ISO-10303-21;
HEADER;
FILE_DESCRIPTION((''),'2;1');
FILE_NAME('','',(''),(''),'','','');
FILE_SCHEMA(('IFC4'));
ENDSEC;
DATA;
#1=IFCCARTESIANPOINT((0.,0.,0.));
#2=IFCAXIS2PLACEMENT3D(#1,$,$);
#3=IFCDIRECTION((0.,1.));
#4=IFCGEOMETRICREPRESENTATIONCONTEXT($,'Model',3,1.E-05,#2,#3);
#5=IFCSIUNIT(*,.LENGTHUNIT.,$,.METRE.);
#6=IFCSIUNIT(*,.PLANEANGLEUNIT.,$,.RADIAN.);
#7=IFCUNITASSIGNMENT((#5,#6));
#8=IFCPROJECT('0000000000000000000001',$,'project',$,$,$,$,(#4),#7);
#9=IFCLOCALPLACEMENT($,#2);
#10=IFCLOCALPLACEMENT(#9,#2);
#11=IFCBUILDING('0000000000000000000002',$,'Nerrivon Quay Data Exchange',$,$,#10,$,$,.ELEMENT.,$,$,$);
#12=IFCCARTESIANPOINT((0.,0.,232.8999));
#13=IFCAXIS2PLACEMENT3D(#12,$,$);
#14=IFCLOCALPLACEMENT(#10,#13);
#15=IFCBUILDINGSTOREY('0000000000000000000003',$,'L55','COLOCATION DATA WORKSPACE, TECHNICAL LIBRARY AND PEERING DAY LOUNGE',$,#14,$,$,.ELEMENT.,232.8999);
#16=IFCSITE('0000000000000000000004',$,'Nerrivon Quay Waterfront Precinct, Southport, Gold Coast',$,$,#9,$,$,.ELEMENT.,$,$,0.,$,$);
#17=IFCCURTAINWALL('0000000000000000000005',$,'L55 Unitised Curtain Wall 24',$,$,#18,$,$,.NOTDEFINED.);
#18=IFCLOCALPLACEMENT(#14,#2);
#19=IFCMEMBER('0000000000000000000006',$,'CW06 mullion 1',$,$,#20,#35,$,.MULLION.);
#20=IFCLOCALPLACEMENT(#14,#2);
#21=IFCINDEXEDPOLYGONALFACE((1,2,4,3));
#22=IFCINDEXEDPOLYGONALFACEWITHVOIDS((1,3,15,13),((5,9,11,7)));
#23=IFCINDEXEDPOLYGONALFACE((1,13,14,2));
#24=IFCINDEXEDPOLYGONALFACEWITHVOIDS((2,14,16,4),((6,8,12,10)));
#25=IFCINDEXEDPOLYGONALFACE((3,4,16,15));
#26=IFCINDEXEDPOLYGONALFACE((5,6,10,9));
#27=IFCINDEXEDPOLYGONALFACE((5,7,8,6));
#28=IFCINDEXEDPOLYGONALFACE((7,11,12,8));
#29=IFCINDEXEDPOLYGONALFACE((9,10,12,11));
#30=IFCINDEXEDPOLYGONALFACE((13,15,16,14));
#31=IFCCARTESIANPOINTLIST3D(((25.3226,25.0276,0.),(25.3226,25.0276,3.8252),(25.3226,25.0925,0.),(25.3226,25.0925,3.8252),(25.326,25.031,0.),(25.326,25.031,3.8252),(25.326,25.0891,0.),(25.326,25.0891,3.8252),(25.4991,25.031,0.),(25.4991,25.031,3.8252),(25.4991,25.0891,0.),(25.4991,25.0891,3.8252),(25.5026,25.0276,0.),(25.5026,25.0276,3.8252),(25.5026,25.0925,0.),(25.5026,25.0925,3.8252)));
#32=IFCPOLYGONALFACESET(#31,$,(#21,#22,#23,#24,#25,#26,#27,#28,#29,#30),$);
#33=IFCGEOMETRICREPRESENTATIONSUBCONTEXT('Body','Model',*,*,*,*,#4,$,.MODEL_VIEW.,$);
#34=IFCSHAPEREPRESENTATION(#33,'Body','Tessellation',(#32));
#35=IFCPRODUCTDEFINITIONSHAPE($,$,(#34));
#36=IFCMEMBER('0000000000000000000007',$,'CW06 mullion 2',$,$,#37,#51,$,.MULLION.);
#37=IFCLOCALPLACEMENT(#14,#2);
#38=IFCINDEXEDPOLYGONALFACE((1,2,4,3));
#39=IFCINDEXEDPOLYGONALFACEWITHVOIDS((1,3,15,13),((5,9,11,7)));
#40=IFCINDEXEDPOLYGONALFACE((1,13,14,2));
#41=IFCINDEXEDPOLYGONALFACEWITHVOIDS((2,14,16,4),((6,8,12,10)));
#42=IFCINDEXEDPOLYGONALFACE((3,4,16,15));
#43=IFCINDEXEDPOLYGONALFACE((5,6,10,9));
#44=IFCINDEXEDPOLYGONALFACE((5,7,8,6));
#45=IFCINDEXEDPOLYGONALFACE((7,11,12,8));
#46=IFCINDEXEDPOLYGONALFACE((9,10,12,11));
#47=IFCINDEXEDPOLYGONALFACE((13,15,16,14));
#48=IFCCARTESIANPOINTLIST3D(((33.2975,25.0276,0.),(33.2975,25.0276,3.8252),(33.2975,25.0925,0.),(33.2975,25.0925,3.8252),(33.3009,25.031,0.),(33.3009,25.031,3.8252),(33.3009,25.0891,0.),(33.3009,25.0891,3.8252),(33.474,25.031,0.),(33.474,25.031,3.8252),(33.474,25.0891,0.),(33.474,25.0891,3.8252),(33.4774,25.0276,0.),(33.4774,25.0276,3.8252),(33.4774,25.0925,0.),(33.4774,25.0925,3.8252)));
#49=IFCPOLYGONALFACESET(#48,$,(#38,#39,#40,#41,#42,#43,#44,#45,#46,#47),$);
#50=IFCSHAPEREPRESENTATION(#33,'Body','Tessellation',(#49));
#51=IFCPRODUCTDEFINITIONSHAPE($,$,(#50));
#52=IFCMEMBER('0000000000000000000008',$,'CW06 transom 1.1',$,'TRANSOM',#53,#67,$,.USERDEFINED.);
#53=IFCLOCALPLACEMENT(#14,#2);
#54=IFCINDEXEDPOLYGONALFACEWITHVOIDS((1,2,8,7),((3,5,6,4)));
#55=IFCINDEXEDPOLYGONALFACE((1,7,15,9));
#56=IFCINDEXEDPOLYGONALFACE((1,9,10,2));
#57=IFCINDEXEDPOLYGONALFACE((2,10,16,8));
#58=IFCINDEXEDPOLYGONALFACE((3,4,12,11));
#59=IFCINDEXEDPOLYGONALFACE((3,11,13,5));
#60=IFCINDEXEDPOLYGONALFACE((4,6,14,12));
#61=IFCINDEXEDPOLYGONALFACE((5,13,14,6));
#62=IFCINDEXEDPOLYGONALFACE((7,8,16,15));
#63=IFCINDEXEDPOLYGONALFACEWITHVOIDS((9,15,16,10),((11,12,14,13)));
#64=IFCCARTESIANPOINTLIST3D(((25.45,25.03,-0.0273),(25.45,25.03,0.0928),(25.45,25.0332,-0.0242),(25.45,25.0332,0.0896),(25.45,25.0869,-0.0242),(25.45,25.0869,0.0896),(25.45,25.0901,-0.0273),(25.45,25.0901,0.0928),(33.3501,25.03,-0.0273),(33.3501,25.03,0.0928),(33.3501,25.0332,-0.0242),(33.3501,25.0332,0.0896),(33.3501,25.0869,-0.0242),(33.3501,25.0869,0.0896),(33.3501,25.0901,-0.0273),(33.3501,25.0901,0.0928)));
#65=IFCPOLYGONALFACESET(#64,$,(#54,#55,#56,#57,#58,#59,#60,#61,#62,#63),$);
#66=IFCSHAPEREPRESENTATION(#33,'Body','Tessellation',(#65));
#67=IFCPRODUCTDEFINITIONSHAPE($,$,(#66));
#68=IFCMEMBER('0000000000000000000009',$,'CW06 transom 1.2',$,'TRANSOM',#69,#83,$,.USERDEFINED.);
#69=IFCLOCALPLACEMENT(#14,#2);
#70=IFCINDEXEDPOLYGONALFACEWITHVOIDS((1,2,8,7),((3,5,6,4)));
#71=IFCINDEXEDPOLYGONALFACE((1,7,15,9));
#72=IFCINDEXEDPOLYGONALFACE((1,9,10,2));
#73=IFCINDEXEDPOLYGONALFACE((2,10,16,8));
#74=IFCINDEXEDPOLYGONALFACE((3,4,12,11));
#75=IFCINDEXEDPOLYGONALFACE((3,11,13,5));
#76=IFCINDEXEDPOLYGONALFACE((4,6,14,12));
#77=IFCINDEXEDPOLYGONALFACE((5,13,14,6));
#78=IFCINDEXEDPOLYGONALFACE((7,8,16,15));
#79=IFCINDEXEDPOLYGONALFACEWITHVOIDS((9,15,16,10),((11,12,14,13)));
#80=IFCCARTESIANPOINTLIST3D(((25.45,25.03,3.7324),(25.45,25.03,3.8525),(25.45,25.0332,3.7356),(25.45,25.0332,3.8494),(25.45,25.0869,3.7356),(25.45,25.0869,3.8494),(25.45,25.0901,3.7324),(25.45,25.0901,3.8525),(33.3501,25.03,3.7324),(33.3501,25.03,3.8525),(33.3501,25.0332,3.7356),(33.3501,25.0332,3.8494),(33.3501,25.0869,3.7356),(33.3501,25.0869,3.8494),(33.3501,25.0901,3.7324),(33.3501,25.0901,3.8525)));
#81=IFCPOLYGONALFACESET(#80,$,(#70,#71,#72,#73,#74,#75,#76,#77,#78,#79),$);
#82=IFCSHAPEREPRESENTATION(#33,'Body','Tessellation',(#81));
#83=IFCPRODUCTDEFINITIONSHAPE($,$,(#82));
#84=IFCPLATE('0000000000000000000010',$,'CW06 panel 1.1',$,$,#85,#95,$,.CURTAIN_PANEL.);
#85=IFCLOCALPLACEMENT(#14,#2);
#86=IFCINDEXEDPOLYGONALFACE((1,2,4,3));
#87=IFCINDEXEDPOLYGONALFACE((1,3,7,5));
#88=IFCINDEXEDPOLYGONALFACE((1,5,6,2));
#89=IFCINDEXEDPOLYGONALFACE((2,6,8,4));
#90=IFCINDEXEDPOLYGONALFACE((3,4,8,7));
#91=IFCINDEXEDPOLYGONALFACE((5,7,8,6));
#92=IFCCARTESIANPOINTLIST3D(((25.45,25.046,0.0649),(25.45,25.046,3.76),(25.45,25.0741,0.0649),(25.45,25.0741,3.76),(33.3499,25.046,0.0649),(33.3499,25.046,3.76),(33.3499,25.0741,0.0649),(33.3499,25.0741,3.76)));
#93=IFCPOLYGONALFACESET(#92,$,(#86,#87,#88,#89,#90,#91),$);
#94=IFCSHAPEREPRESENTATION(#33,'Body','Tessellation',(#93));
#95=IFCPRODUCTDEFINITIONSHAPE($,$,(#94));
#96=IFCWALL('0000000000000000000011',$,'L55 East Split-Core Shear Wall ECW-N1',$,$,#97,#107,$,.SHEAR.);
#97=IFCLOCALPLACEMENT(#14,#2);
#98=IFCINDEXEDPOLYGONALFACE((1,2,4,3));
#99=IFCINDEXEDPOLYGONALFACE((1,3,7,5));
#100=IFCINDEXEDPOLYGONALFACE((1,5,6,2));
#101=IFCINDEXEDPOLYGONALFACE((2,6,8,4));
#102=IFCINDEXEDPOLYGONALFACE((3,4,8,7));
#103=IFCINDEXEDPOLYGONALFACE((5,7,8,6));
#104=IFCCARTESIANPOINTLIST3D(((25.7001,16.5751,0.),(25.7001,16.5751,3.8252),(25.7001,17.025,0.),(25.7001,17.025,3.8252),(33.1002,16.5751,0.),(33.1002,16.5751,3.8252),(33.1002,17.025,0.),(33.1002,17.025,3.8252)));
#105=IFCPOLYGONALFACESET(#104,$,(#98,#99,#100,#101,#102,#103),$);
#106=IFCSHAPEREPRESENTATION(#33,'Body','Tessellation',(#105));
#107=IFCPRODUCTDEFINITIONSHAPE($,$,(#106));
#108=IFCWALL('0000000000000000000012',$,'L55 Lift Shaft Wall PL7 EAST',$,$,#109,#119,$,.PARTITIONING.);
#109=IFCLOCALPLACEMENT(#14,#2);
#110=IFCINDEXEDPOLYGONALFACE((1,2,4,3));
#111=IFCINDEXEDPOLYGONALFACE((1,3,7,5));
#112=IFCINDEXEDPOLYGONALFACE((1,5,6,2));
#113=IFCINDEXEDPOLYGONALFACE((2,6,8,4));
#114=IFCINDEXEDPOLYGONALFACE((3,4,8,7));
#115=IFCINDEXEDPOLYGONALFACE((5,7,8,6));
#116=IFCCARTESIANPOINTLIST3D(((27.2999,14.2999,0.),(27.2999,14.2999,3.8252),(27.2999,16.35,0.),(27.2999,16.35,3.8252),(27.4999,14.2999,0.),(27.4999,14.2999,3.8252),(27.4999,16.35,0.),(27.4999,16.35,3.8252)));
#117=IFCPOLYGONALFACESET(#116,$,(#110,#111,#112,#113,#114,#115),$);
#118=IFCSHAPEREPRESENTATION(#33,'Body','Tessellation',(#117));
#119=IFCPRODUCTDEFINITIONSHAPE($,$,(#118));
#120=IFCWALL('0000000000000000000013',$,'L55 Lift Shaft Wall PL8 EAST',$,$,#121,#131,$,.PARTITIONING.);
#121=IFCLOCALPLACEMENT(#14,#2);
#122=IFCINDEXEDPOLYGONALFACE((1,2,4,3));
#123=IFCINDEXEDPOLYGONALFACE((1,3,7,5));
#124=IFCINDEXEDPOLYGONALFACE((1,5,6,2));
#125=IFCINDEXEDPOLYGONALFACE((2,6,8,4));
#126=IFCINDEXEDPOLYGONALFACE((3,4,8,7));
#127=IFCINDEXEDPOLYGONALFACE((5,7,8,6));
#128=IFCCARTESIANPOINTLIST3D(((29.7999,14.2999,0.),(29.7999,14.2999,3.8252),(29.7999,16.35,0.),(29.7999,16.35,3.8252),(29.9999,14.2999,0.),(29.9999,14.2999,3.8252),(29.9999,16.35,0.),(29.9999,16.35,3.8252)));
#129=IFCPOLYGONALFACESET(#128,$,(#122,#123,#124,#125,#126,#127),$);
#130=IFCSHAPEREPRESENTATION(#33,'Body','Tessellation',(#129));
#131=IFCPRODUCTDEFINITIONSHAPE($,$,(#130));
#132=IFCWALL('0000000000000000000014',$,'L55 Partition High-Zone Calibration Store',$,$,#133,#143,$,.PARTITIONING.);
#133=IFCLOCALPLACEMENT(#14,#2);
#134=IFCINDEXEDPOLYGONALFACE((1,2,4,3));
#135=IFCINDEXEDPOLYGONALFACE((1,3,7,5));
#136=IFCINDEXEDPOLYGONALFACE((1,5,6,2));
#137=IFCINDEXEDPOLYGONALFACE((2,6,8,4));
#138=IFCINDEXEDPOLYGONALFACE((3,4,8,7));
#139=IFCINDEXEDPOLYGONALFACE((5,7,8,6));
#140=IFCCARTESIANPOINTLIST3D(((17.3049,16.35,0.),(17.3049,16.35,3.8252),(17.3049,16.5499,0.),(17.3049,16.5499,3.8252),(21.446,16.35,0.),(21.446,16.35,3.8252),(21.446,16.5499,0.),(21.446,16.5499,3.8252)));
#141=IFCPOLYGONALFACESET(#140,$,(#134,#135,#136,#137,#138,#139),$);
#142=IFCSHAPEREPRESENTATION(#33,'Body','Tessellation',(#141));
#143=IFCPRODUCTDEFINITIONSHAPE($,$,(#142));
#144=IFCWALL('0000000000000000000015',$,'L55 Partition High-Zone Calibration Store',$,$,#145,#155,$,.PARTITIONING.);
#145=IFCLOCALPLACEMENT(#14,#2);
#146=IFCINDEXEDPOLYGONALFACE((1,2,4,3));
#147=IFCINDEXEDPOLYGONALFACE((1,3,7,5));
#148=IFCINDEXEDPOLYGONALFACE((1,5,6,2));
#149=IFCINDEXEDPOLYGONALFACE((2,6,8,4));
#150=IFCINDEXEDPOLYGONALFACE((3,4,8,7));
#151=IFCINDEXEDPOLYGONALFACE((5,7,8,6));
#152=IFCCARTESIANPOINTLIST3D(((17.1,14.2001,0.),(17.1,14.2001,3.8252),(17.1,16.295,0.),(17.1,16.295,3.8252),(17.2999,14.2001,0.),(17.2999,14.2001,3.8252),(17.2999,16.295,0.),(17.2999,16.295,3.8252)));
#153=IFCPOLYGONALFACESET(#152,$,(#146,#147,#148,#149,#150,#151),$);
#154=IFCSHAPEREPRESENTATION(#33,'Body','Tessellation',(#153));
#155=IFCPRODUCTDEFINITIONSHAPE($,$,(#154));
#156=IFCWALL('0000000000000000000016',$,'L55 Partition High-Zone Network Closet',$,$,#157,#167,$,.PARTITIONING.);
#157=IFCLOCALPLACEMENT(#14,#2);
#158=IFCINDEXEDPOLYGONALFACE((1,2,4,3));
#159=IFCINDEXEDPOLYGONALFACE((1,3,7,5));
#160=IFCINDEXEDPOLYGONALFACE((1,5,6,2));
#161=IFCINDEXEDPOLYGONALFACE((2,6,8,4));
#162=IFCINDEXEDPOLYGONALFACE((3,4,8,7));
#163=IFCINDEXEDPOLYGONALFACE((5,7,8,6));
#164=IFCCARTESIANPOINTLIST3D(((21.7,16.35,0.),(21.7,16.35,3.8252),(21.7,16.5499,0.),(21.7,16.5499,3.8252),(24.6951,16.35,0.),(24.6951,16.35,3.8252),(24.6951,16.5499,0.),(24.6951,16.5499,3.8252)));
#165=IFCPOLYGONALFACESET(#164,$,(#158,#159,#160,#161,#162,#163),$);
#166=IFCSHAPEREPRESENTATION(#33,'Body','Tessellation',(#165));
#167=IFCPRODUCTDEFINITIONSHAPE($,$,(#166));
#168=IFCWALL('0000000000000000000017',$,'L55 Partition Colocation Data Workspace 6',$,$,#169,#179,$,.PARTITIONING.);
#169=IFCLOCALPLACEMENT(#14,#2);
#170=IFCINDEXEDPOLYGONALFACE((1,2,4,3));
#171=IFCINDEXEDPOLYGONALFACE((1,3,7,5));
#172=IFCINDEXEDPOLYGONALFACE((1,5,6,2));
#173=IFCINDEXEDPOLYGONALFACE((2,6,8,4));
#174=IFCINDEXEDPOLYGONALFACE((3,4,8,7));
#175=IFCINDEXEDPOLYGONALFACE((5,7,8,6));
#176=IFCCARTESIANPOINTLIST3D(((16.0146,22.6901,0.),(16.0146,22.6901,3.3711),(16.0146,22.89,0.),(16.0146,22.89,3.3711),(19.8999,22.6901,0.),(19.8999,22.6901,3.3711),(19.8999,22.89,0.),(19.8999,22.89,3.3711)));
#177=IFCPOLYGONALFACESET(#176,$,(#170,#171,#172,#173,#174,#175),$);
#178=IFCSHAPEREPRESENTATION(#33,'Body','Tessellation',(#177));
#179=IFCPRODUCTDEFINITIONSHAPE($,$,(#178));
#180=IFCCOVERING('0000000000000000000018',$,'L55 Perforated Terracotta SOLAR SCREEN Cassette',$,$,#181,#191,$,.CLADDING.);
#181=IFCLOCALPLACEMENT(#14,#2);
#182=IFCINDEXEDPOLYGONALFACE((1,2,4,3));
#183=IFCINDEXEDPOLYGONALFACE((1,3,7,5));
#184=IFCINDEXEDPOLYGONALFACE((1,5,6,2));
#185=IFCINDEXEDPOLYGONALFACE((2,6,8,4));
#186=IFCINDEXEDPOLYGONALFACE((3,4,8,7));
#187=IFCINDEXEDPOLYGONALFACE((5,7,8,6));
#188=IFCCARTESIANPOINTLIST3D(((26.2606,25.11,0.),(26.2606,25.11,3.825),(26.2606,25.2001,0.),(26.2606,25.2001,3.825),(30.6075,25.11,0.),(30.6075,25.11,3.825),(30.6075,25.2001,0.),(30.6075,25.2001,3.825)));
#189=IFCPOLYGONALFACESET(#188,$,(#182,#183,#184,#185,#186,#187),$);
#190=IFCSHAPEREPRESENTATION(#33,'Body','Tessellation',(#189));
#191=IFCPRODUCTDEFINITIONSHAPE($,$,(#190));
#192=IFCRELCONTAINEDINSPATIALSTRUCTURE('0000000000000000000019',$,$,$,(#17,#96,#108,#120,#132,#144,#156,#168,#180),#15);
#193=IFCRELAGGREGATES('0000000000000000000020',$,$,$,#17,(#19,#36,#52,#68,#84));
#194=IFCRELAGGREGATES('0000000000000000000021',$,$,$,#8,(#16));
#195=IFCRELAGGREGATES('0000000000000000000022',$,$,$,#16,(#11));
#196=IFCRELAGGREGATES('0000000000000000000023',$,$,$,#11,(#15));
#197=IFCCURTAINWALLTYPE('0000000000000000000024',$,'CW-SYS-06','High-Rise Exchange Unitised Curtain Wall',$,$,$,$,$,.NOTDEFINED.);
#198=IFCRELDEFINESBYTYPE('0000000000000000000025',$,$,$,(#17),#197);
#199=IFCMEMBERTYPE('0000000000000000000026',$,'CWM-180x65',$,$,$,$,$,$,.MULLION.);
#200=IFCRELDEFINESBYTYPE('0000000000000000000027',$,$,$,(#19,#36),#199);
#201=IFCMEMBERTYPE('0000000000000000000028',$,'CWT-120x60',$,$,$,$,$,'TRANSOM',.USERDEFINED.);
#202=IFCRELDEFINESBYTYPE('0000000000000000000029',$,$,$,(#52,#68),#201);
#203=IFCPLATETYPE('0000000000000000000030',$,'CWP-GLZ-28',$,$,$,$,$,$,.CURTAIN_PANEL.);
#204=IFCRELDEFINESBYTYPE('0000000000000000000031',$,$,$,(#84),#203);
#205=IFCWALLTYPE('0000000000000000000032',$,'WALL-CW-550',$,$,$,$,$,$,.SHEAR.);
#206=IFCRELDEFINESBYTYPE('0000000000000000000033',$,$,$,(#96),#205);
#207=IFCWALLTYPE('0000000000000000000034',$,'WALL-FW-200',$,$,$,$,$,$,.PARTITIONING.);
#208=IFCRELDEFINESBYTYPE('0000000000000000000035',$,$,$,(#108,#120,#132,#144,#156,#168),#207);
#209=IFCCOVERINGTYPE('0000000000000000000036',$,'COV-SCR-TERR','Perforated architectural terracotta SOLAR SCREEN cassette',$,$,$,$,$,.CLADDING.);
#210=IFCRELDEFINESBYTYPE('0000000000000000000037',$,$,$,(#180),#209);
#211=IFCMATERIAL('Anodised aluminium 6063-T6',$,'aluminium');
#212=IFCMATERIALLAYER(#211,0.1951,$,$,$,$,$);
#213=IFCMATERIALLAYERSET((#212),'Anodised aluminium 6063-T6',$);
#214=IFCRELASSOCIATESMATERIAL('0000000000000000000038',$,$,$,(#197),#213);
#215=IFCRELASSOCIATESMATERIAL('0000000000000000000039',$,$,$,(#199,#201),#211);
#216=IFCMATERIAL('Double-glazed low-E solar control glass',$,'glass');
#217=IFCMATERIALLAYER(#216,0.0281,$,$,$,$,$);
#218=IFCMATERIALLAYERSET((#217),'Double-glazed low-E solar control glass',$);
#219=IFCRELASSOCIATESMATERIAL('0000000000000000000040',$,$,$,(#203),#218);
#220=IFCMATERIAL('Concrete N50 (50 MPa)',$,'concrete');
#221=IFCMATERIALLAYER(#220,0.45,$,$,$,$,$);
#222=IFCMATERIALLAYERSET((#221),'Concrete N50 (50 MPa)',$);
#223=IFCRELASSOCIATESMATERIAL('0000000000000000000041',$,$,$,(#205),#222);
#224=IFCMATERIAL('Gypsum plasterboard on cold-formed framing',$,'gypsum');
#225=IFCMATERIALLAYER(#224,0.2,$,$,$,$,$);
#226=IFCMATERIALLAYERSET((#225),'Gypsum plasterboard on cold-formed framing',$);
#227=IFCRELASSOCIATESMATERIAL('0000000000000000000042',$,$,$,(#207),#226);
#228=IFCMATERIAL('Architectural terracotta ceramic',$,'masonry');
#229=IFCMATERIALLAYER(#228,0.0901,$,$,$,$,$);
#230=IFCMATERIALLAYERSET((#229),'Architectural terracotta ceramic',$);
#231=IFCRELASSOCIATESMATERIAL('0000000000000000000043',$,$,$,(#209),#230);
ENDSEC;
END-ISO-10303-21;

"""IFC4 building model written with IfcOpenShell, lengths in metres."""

from ifc_helpers import new_model, si_unit, direction, frame, frame_2d, origin, origin_2d, place, context, subcontext, project, spatial, rectangle, hollow_rectangle, extrude, material, layer, layer_set, material_profile, profile_set, type_object, element, aggregate, save


model = new_model("IFC4")

# Units and contexts
model_context = context("Model", 3, precision=1e-05, world=origin(), true_north=direction((0.0, 1.0)))
body_context = subcontext(model_context, "Body", "Model", "MODEL_VIEW")
ifc_project = project(units=[si_unit("LENGTHUNIT", "METRE"), si_unit("PLANEANGLEUNIT", "RADIAN")], contexts=[model_context])

# Site, building, storey
site_placement = place(None, origin())
site = spatial("IfcSite", under=ifc_project, at=site_placement, Name="Nerrivon Quay Waterfront Precinct, Southport, Gold Coast", CompositionType="ELEMENT", RefElevation=0.0)
building_placement = place(site_placement, origin())
building = spatial("IfcBuilding", under=site, at=building_placement, Name="Nerrivon Quay Data Exchange", CompositionType="ELEMENT")
storey_placement = place(building_placement, frame((0.0, 0.0, 232.8999)))
storey = spatial("IfcBuildingStorey", under=building, at=storey_placement, Name="L55", Description="COLOCATION DATA WORKSPACE, TECHNICAL LIBRARY AND PEERING DAY LOUNGE", CompositionType="ELEMENT", Elevation=232.8999)

# Curtain wall, members, plate
ifc_material_1 = material(Name="Anodised aluminium 6063-T6", Category="aluminium")
ifc_layer_1 = layer(ifc_material_1, 0.1951)
ifc_layer_set_1 = layer_set([ifc_layer_1], Name="Anodised aluminium 6063-T6")
curtain_wall_type = type_object("IfcCurtainWallType", Name="CW-SYS-06", Description="High-Rise Exchange Unitised Curtain Wall", PredefinedType="NOTDEFINED", material=ifc_layer_set_1)
curtain_wall_placement = place(storey_placement, origin())
curtain_wall = element("IfcCurtainWall", 1, at=curtain_wall_placement, inside=storey, type_object=curtain_wall_type, Name="L55 Unitised Curtain Wall 24", PredefinedType="NOTDEFINED")
ifc_material_profile_1 = material_profile(ifc_material_1, hollow_rectangle(XDim=0.0649, YDim=0.1799, WallThickness=0.0034, at=origin_2d()), Name="ALU-MULL-180x65")
ifc_profile_set_1 = profile_set([ifc_material_profile_1], Name="Anodised aluminium 6063-T6")
member_type_1 = type_object("IfcMemberType", Name="CWM-180x65", PredefinedType="MULLION", material=ifc_profile_set_1)
member_1_placement = place(storey_placement, frame((25.4126, 25.0601, 0.0), z_axis=(0.0, 0.0, 1.0), x_axis=(0.0, 1.0, 0.0)))
member_1 = element("IfcMember", 2, at=member_1_placement, type_object=member_type_1, Name="CW06 mullion 1", PredefinedType="MULLION", context=body_context, shape_type="SweptSolid", body=[
    extrude(hollow_rectangle(XDim=0.0649, YDim=0.1799, WallThickness=0.0034, at=origin_2d()), origin(), (0.0, 0.0, 1.0), 3.8252),
])
member_2_placement = place(storey_placement, frame((33.3875, 25.0601, 0.0), z_axis=(0.0, 0.0, 1.0), x_axis=(0.0, 1.0, 0.0)))
member_2 = element("IfcMember", 3, at=member_2_placement, type_object=member_type_1, Name="CW06 mullion 2", PredefinedType="MULLION", context=body_context, shape_type="SweptSolid", body=[
    extrude(hollow_rectangle(XDim=0.0649, YDim=0.1799, WallThickness=0.0034, at=origin_2d()), origin(), (0.0, 0.0, 1.0), 3.8252),
])
ifc_material_profile_2 = material_profile(ifc_material_1, hollow_rectangle(XDim=0.0601, YDim=0.1201, WallThickness=0.0032, at=origin_2d()), Name="ALU-TRAN-120x60")
ifc_profile_set_2 = profile_set([ifc_material_profile_2], Name="Anodised aluminium 6063-T6")
member_type_2 = type_object("IfcMemberType", Name="CWT-120x60", ElementType="TRANSOM", PredefinedType="USERDEFINED", material=ifc_profile_set_2)
member_3_placement = place(storey_placement, frame((25.45, 25.0601, 0.0327), z_axis=(1.0, 0.0, 0.0), x_axis=(0.0, 1.0, 0.0)))
member_3 = element("IfcMember", 4, at=member_3_placement, type_object=member_type_2, Name="CW06 transom 1.1", ObjectType="TRANSOM", PredefinedType="USERDEFINED", context=body_context, shape_type="SweptSolid", body=[
    extrude(hollow_rectangle(XDim=0.0601, YDim=0.1201, WallThickness=0.0032, at=origin_2d()), origin(), (0.0, 0.0, 1.0), 7.9001),
])
member_4_placement = place(storey_placement, frame((25.45, 25.0601, 3.7925), z_axis=(1.0, 0.0, 0.0), x_axis=(0.0, 1.0, 0.0)))
member_4 = element("IfcMember", 5, at=member_4_placement, type_object=member_type_2, Name="CW06 transom 1.2", ObjectType="TRANSOM", PredefinedType="USERDEFINED", context=body_context, shape_type="SweptSolid", body=[
    extrude(hollow_rectangle(XDim=0.0601, YDim=0.1201, WallThickness=0.0032, at=origin_2d()), origin(), (0.0, 0.0, 1.0), 7.9001),
])
ifc_material_2 = material(Name="Double-glazed low-E solar control glass", Category="glass")
ifc_layer_2 = layer(ifc_material_2, 0.0281)
ifc_layer_set_2 = layer_set([ifc_layer_2], Name="Double-glazed low-E solar control glass")
plate_type = type_object("IfcPlateType", Name="CWP-GLZ-28", PredefinedType="CURTAIN_PANEL", material=ifc_layer_set_2)
plate_placement = place(storey_placement, frame((29.3999, 25.0601, 0.0649), z_axis=(0.0, 0.0, 1.0), x_axis=(1.0, 0.0, 0.0)))
plate = element("IfcPlate", 6, at=plate_placement, type_object=plate_type, Name="CW06 panel 1.1", PredefinedType="CURTAIN_PANEL", context=body_context, shape_type="SweptSolid", body=[
    extrude(rectangle(XDim=7.8999, YDim=0.0281, at=origin_2d()), origin(), (0.0, 0.0, 1.0), 3.6951),
])
aggregate(curtain_wall, [member_1, member_2, member_3, member_4, plate])

# Walls
ifc_material_3 = material(Name="Concrete N50 (50 MPa)", Category="concrete")
ifc_layer_3 = layer(ifc_material_3, 0.45)
ifc_layer_set_3 = layer_set([ifc_layer_3], Name="Concrete N50 (50 MPa)")
wall_type_1 = type_object("IfcWallType", Name="WALL-CW-550", PredefinedType="SHEAR", material=ifc_layer_set_3)
wall_1_placement = place(storey_placement, frame((25.7, 16.8, 0.0), z_axis=(0.0, 0.0, 1.0), x_axis=(1.0, 0.0, 0.0)))
element("IfcWall", 7, at=wall_1_placement, inside=storey, type_object=wall_type_1, Name="L55 East Split-Core Shear Wall ECW-N1", PredefinedType="SHEAR", context=body_context, shape_type="SweptSolid", body=[
    extrude(rectangle(XDim=7.4001, YDim=0.45, at=frame_2d((3.7002, 0.0))), origin(), (0.0, 0.0, 1.0), 3.8252),
])
ifc_material_4 = material(Name="Gypsum plasterboard on cold-formed framing", Category="gypsum")
ifc_layer_4 = layer(ifc_material_4, 0.2)
ifc_layer_set_4 = layer_set([ifc_layer_4], Name="Gypsum plasterboard on cold-formed framing")
wall_type_2 = type_object("IfcWallType", Name="WALL-FW-200", PredefinedType="PARTITIONING", material=ifc_layer_set_4)
for number, where, z_axis, x_axis, name in (
    (8, (27.3999, 14.3, 0.0), (0.0, 0.0, 1.0), (0.0, 1.0, 0.0), "L55 Lift Shaft Wall PL7 EAST"),
    (9, (29.8999, 14.3, 0.0), (0.0, 0.0, 1.0), (0.0, 1.0, 0.0), "L55 Lift Shaft Wall PL8 EAST"),
):
    element("IfcWall", number, at=place(storey_placement, frame(where, z_axis=z_axis, x_axis=x_axis)), inside=storey, type_object=wall_type_2, Name=name, PredefinedType="PARTITIONING", context=body_context, shape_type="SweptSolid", body=[
        extrude(rectangle(XDim=2.05, YDim=0.2, at=frame_2d((1.0249, 0.0))), origin(), (0.0, 0.0, 1.0), 3.8252),
    ])
wall_2_placement = place(storey_placement, frame((21.446, 16.45, 0.0), z_axis=(0.0, 0.0, 1.0), x_axis=(-1.0, 0.0, 0.0)))
element("IfcWall", 10, at=wall_2_placement, inside=storey, type_object=wall_type_2, Name="L55 Partition High-Zone Calibration Store", PredefinedType="PARTITIONING", context=body_context, shape_type="SweptSolid", body=[
    extrude(rectangle(XDim=4.1411, YDim=0.2, at=frame_2d((2.0706, 0.0))), origin(), (0.0, 0.0, 1.0), 3.8252),
])
wall_3_placement = place(storey_placement, frame((17.2, 16.2949, 0.0), z_axis=(0.0, 0.0, 1.0), x_axis=(0.0, -1.0, 0.0)))
element("IfcWall", 11, at=wall_3_placement, inside=storey, type_object=wall_type_2, Name="L55 Partition High-Zone Calibration Store", PredefinedType="PARTITIONING", context=body_context, shape_type="SweptSolid", body=[
    extrude(rectangle(XDim=2.095, YDim=0.2, at=frame_2d((1.0474, 0.0))), origin(), (0.0, 0.0, 1.0), 3.8252),
])
wall_4_placement = place(storey_placement, frame((24.6951, 16.45, 0.0), z_axis=(0.0, 0.0, 1.0), x_axis=(-1.0, 0.0, 0.0)))
element("IfcWall", 12, at=wall_4_placement, inside=storey, type_object=wall_type_2, Name="L55 Partition High-Zone Network Closet", PredefinedType="PARTITIONING", context=body_context, shape_type="SweptSolid", body=[
    extrude(rectangle(XDim=2.9951, YDim=0.2, at=frame_2d((1.4976, 0.0))), origin(), (0.0, 0.0, 1.0), 3.8252),
])
wall_5_placement = place(storey_placement, frame((19.8999, 22.79, 0.0), z_axis=(0.0, 0.0, 1.0), x_axis=(-1.0, 0.0, 0.0)))
element("IfcWall", 13, at=wall_5_placement, inside=storey, type_object=wall_type_2, Name="L55 Partition Colocation Data Workspace 6", PredefinedType="PARTITIONING", context=body_context, shape_type="SweptSolid", body=[
    extrude(rectangle(XDim=3.8853, YDim=0.2, at=frame_2d((1.9426, 0.0))), origin(), (0.0, 0.0, 1.0), 3.3711),
])

# Covering
ifc_material_5 = material(Name="Architectural terracotta ceramic", Category="masonry")
ifc_layer_5 = layer(ifc_material_5, 0.0901)
ifc_layer_set_5 = layer_set([ifc_layer_5], Name="Architectural terracotta ceramic")
covering_type = type_object("IfcCoveringType", Name="COV-SCR-TERR", Description="Perforated architectural terracotta SOLAR SCREEN cassette", PredefinedType="CLADDING", material=ifc_layer_set_5)
covering_placement = place(storey_placement, frame((28.4341, 25.155, 0.0), z_axis=(0.0, 0.0, 1.0), x_axis=(1.0, 0.0, 0.0)))
element("IfcCovering", 14, at=covering_placement, inside=storey, type_object=covering_type, Name="L55 Perforated Terracotta SOLAR SCREEN Cassette", PredefinedType="CLADDING", context=body_context, shape_type="SweptSolid", body=[
    extrude(rectangle(XDim=4.3469, YDim=0.0901, at=origin_2d()), origin(), (0.0, 0.0, 1.0), 3.825),
])

save(model, "model.ifc")
